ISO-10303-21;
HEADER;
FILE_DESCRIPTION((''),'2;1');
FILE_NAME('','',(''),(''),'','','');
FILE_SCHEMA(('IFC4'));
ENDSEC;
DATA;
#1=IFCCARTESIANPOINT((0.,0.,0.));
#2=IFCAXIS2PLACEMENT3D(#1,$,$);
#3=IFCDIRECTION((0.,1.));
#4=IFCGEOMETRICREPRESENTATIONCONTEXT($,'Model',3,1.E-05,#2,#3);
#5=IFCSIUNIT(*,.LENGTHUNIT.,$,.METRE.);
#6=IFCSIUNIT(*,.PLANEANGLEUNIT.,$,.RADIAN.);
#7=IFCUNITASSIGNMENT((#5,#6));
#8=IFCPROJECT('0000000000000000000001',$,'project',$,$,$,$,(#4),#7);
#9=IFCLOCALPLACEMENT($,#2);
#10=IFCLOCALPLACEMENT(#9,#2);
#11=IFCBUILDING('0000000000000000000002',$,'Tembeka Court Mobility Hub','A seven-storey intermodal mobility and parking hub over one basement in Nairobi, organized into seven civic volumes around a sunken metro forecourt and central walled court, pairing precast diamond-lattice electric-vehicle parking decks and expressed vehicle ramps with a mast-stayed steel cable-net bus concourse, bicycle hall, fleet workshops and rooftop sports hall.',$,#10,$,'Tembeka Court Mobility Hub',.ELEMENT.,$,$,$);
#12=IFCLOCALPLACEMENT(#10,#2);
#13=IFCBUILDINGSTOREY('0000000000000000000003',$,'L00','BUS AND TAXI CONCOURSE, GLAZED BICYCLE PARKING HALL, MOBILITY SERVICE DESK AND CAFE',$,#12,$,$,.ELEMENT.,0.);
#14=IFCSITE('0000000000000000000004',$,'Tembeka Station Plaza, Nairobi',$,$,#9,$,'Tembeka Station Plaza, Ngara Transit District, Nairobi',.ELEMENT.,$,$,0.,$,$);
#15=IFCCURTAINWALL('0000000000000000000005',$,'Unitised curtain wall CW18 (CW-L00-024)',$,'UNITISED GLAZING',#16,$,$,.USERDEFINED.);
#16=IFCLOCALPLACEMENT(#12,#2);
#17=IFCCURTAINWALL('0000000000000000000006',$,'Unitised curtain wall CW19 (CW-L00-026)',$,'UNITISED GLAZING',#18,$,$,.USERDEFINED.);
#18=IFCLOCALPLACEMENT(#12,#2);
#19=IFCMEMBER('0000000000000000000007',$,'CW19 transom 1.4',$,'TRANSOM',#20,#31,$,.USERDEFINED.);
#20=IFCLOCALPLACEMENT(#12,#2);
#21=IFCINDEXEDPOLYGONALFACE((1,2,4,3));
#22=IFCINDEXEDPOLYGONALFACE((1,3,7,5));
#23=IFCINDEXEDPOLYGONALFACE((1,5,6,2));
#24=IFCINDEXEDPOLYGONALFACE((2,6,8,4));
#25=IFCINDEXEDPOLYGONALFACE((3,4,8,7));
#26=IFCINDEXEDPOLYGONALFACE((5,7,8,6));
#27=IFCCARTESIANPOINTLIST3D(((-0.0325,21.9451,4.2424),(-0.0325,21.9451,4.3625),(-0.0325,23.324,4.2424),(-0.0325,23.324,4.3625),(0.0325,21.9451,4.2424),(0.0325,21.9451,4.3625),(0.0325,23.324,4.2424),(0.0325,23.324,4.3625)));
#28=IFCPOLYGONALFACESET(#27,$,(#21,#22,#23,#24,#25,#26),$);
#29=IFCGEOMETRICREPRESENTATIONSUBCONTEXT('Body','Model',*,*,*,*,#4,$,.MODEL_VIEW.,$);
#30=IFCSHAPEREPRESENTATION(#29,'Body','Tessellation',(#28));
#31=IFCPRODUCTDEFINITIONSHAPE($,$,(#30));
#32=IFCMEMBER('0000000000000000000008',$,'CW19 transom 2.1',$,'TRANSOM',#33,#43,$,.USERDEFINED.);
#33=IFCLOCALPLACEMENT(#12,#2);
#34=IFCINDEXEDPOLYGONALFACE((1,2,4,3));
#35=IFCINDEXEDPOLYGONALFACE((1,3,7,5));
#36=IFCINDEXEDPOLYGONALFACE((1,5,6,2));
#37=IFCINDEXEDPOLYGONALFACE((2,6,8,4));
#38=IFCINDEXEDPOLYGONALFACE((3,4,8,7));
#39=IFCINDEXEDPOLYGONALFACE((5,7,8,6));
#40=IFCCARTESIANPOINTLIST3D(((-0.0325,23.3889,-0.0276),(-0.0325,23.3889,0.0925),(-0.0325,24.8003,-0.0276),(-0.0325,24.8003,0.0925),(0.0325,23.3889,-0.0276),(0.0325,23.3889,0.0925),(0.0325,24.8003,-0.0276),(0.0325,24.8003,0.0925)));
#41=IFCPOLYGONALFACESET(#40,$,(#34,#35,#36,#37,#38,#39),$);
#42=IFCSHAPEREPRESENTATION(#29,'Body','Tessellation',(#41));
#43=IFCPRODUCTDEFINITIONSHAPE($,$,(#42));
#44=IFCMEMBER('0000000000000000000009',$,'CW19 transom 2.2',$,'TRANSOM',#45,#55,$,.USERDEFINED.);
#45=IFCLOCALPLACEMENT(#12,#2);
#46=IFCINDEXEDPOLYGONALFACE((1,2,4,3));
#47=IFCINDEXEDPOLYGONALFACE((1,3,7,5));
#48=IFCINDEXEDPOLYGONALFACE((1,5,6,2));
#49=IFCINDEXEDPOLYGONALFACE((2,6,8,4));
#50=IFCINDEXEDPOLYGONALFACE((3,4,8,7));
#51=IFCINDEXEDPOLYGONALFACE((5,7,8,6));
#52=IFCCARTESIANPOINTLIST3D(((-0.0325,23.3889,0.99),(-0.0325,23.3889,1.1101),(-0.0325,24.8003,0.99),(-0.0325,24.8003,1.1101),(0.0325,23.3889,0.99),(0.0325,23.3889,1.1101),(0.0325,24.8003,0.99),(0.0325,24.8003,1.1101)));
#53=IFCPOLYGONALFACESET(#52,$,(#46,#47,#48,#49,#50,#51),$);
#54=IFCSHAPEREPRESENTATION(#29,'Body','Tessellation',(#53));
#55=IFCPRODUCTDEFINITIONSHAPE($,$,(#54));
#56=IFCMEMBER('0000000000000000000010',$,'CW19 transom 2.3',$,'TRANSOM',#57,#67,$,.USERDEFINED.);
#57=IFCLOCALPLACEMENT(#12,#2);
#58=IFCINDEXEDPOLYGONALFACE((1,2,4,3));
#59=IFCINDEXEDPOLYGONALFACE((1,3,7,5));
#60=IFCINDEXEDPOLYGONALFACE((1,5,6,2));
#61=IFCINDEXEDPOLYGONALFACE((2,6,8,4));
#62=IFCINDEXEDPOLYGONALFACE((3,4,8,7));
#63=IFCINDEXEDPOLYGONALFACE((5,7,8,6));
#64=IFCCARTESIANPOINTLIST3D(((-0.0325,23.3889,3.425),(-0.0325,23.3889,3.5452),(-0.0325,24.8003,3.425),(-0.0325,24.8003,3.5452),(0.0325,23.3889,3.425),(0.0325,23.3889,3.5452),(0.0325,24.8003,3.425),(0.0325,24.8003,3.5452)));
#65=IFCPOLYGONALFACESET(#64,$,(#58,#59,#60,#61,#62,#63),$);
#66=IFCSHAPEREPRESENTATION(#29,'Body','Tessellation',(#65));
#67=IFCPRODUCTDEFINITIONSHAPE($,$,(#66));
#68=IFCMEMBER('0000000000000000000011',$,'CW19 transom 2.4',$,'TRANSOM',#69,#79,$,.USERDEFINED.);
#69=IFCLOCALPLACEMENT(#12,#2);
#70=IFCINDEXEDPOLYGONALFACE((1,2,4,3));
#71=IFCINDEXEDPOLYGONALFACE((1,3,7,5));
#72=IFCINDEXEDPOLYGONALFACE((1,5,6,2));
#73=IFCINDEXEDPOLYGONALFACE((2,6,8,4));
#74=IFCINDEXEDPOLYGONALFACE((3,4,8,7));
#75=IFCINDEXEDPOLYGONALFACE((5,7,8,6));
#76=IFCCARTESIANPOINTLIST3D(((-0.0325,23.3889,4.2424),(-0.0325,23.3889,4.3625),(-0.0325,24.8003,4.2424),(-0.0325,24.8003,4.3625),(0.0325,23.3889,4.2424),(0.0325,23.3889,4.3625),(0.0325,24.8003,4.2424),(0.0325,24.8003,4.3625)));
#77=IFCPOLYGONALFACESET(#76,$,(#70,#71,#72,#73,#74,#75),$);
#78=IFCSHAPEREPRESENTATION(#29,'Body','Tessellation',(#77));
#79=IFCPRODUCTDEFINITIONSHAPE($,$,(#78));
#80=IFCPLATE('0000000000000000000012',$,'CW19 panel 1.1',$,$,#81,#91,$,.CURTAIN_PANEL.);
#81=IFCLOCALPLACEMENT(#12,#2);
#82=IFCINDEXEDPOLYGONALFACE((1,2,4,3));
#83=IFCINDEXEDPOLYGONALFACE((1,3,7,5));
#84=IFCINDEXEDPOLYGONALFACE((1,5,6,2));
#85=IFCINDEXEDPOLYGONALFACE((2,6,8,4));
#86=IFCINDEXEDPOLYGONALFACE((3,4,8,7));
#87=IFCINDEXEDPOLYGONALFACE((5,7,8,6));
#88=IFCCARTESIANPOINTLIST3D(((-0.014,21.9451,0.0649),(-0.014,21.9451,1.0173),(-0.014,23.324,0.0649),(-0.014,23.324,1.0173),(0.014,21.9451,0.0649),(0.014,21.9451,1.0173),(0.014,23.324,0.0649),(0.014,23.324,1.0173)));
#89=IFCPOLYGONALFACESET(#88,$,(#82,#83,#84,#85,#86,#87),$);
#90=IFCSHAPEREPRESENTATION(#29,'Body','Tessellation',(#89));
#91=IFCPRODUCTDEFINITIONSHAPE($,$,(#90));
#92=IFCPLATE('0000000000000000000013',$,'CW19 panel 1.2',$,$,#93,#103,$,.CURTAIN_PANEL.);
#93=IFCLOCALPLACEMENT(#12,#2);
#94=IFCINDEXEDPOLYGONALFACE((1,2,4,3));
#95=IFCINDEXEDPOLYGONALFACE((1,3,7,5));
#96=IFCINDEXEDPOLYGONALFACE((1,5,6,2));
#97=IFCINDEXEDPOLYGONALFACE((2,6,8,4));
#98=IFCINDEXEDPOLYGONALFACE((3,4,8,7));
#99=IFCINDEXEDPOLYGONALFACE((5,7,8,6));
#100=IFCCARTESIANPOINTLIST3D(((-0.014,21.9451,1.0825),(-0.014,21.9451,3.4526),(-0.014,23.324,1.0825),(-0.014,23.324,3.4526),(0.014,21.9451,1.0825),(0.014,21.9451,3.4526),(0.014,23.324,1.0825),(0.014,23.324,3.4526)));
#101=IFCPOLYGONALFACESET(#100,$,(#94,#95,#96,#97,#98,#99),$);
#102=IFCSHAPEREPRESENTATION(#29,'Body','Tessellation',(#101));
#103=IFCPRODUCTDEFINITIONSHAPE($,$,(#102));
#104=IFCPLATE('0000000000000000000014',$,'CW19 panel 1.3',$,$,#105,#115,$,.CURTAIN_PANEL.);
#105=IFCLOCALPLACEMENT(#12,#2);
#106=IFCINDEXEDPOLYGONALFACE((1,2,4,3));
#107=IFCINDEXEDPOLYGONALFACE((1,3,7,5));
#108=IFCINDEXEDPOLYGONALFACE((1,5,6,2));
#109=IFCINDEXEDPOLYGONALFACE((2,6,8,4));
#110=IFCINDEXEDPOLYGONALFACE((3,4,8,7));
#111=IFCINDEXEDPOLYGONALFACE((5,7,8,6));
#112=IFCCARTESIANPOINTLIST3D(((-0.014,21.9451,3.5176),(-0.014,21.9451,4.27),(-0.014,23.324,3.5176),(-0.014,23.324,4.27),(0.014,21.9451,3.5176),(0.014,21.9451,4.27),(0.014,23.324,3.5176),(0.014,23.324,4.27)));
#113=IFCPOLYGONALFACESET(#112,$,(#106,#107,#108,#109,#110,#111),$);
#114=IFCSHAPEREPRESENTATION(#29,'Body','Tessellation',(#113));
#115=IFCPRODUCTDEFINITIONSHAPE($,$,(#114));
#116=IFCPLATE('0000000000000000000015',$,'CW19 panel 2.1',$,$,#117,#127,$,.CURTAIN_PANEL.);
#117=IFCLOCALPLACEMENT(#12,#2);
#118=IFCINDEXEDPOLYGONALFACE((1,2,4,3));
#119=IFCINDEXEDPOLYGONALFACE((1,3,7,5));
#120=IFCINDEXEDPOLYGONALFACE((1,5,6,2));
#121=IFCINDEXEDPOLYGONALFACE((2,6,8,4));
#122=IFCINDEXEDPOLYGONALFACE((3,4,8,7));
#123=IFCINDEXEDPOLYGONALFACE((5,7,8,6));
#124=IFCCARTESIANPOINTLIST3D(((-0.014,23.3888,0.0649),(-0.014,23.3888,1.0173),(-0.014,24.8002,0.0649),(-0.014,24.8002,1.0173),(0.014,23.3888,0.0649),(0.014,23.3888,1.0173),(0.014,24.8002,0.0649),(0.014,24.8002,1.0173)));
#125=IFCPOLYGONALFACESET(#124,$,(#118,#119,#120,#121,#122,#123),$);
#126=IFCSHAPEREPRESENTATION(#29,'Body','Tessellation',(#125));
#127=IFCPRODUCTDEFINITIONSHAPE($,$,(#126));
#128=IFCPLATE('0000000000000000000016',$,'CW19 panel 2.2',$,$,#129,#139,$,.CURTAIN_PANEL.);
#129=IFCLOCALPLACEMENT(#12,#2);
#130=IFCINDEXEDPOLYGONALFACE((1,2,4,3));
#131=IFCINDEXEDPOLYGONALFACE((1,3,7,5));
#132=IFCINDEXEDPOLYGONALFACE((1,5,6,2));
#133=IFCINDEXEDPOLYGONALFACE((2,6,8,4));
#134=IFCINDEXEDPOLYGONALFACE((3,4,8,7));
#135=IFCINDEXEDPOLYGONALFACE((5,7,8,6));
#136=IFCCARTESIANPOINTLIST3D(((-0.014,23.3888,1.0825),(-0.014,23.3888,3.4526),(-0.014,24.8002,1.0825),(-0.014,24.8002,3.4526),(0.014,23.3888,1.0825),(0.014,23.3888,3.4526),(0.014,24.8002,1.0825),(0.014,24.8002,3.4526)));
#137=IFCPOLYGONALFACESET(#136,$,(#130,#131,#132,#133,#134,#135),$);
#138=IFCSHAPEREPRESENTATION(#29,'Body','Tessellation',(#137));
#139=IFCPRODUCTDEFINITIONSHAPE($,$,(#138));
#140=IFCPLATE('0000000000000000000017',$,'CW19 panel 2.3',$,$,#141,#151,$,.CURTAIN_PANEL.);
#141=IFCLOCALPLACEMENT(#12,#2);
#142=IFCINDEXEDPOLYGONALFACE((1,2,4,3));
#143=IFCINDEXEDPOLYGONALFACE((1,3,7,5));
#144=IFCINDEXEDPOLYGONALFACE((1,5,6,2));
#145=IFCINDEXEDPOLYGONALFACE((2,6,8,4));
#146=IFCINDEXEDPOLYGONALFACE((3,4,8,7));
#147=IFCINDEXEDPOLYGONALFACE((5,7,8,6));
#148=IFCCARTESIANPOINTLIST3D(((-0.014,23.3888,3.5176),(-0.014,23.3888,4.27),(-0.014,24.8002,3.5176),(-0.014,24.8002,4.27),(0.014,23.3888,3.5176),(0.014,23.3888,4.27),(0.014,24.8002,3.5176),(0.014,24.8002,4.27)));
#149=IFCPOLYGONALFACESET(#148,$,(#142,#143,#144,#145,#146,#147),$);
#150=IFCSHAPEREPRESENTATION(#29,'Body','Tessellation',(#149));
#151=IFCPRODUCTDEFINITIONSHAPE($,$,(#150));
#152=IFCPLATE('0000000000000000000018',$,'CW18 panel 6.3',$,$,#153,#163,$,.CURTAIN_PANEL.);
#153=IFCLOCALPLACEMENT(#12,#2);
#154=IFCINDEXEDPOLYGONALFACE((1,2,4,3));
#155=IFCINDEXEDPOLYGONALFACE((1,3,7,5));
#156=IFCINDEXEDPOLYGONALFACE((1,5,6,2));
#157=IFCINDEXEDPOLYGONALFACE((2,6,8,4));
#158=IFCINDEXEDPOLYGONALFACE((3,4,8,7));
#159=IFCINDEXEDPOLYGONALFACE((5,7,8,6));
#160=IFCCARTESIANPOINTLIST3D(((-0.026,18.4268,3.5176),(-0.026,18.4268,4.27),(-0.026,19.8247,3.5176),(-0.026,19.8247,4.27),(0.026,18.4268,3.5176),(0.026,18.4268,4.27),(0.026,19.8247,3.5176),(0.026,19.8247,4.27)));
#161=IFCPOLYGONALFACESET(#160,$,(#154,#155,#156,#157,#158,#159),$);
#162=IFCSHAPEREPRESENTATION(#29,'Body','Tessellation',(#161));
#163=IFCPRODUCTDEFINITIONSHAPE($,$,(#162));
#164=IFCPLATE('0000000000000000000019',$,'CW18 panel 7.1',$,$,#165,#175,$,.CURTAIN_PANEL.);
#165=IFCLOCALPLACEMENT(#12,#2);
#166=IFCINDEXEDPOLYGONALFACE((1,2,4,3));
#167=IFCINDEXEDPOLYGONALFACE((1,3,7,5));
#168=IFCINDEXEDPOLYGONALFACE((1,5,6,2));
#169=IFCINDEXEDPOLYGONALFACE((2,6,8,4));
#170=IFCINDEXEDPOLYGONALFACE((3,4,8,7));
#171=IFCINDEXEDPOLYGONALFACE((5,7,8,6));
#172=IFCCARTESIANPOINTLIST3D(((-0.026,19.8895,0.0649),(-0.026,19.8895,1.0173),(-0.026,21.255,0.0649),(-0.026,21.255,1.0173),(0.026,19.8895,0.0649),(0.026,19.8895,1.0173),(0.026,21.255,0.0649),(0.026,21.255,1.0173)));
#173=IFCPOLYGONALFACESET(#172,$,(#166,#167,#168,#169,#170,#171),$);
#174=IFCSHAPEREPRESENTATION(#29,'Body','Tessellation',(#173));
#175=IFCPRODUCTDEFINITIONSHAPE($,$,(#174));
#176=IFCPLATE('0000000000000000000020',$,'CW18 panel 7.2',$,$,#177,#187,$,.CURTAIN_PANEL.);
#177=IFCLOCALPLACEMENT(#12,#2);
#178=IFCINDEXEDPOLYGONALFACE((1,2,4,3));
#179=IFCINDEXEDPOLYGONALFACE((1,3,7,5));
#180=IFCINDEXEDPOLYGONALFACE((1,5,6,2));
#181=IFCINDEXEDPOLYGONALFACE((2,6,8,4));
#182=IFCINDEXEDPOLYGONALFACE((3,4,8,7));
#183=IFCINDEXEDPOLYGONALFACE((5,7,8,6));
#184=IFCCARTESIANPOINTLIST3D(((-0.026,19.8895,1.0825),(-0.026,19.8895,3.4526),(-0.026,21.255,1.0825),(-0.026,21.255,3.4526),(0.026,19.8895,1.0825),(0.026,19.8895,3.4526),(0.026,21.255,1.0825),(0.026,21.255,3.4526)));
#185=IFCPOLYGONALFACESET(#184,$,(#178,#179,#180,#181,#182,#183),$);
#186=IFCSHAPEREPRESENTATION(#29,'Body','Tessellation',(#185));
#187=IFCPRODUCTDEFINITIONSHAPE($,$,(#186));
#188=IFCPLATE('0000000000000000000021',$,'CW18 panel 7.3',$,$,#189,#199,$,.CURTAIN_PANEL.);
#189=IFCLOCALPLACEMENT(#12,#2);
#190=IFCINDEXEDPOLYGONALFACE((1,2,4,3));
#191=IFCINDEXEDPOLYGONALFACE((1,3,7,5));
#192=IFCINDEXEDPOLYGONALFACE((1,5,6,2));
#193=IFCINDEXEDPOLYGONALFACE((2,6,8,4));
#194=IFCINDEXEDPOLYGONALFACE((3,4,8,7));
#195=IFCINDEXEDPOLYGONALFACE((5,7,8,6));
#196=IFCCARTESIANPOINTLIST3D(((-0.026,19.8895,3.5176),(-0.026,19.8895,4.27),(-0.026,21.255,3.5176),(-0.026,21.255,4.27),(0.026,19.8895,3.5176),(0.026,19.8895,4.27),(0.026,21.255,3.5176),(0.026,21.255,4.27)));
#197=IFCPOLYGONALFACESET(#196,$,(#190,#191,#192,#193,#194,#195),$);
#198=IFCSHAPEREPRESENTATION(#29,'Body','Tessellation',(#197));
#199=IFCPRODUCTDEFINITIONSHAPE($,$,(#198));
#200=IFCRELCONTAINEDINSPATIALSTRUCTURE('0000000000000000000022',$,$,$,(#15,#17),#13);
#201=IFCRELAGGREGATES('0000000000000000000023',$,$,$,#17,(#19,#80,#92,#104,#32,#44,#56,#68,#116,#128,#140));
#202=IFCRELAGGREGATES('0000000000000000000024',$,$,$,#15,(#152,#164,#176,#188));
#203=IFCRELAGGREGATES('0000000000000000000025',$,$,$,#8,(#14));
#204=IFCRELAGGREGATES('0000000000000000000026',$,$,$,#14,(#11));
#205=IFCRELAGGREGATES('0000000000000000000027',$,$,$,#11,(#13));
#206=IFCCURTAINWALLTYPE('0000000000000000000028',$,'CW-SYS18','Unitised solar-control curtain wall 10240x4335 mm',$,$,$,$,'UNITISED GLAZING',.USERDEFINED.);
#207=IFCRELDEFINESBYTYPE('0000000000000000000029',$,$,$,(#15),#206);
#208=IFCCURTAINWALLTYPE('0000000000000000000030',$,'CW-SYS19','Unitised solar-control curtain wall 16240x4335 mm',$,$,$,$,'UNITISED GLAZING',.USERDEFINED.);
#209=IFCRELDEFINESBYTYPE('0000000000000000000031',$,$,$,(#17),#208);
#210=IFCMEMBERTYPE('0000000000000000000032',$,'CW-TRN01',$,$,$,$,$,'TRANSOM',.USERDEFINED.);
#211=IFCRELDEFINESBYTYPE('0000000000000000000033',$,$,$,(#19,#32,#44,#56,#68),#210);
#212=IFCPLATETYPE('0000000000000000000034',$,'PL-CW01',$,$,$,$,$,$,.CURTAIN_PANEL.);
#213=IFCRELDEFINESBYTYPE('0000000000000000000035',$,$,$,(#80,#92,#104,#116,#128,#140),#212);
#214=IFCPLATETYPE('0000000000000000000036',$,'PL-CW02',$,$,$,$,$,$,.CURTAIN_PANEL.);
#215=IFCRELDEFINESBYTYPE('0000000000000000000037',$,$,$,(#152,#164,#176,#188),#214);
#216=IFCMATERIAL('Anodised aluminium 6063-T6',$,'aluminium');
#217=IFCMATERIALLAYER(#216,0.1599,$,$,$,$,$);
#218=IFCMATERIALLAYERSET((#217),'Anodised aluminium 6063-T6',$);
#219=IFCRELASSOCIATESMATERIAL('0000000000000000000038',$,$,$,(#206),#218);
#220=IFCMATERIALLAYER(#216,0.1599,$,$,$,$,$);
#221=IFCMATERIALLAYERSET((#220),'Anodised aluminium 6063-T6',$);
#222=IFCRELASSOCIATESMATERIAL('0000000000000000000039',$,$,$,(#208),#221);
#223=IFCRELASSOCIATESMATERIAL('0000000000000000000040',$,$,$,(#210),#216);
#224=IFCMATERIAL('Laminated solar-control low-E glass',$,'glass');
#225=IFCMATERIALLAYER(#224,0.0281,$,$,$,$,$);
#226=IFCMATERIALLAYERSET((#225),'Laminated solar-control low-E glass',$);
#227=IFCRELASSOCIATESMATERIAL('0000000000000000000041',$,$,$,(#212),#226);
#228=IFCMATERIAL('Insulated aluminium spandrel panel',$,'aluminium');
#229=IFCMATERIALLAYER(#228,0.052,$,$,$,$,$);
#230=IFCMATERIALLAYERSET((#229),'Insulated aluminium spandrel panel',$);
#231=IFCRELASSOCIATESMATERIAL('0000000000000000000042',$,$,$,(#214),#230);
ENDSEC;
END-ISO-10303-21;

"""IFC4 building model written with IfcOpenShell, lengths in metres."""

from ifc_helpers import new_model, si_unit, direction, frame, origin, origin_2d, place, context, subcontext, project, spatial, rectangle, extrude, material, layer, layer_set, material_profile, profile_set, type_object, element, aggregate, save


model = new_model("IFC4")

# Units and contexts
model_context = context("Model", 3, precision=1e-05, world=origin(), true_north=direction((0.0, 1.0)))
body_context = subcontext(model_context, "Body", "Model", "MODEL_VIEW")
ifc_project = project(units=[si_unit("LENGTHUNIT", "METRE"), si_unit("PLANEANGLEUNIT", "RADIAN")], contexts=[model_context])

# Site, building, storey
site_placement = place(None, origin())
site = spatial("IfcSite", under=ifc_project, at=site_placement, Name="Tembeka Station Plaza, Nairobi", LongName="Tembeka Station Plaza, Ngara Transit District, Nairobi", CompositionType="ELEMENT", RefElevation=0.0)
building_placement = place(site_placement, origin())
building = spatial("IfcBuilding", under=site, at=building_placement, Name="Tembeka Court Mobility Hub", Description="A seven-storey intermodal mobility and parking hub over one basement in Nairobi, organized into seven civic volumes around a sunken metro forecourt and central walled court, pairing precast diamond-lattice electric-vehicle parking decks and expressed vehicle ramps with a mast-stayed steel cable-net bus concourse, bicycle hall, fleet workshops and rooftop sports hall.", LongName="Tembeka Court Mobility Hub", CompositionType="ELEMENT")
storey_placement = place(building_placement, origin())
storey = spatial("IfcBuildingStorey", under=building, at=storey_placement, Name="L00", Description="BUS AND TAXI CONCOURSE, GLAZED BICYCLE PARKING HALL, MOBILITY SERVICE DESK AND CAFE", CompositionType="ELEMENT", Elevation=0.0)

# Curtain walls
ifc_material_1 = material(Name="Anodised aluminium 6063-T6", Category="aluminium")
ifc_layer_1 = layer(ifc_material_1, 0.1599)
ifc_layer_set_1 = layer_set([ifc_layer_1], Name="Anodised aluminium 6063-T6")
curtain_wall_type_1 = type_object("IfcCurtainWallType", Name="CW-SYS18", Description="Unitised solar-control curtain wall 10240x4335 mm", ElementType="UNITISED GLAZING", PredefinedType="USERDEFINED", material=ifc_layer_set_1)
curtain_wall_1_placement = place(storey_placement, origin())
curtain_wall_1 = element("IfcCurtainWall", 1, at=curtain_wall_1_placement, inside=storey, type_object=curtain_wall_type_1, Name="Unitised curtain wall CW18 (CW-L00-024)", ObjectType="UNITISED GLAZING", PredefinedType="USERDEFINED")
ifc_layer_2 = layer(ifc_material_1, 0.1599)
ifc_layer_set_2 = layer_set([ifc_layer_2], Name="Anodised aluminium 6063-T6")
curtain_wall_type_2 = type_object("IfcCurtainWallType", Name="CW-SYS19", Description="Unitised solar-control curtain wall 16240x4335 mm", ElementType="UNITISED GLAZING", PredefinedType="USERDEFINED", material=ifc_layer_set_2)
curtain_wall_2_placement = place(storey_placement, origin())
curtain_wall_2 = element("IfcCurtainWall", 2, at=curtain_wall_2_placement, inside=storey, type_object=curtain_wall_type_2, Name="Unitised curtain wall CW19 (CW-L00-026)", ObjectType="UNITISED GLAZING", PredefinedType="USERDEFINED")

# Members
ifc_material_profile_1 = material_profile(ifc_material_1, rectangle(XDim=0.0649, YDim=0.1201, at=origin_2d()), Name="ALU-TRN 65x120")
ifc_profile_set_1 = profile_set([ifc_material_profile_1], Name="Anodised aluminium 6063-T6")
member_type_1 = type_object("IfcMemberType", Name="CW-TRN01", ElementType="TRANSOM", PredefinedType="USERDEFINED", material=ifc_profile_set_1)
member_1_placement = place(storey_placement, frame((0.0, 21.9451, 4.3025), z_axis=(0.0, 1.0, 0.0), x_axis=(-1.0, 0.0, 0.0)))
member_1 = element("IfcMember", 3, at=member_1_placement, type_object=member_type_1, Name="CW19 transom 1.4", ObjectType="TRANSOM", PredefinedType="USERDEFINED", context=body_context, shape_type="SweptSolid", body=[
    extrude(rectangle(XDim=0.0649, YDim=0.1201, at=origin_2d()), origin(), (0.0, 0.0, 1.0), 1.3789),
])
member_2_placement = place(storey_placement, frame((0.0, 23.3889, 0.0325), z_axis=(0.0, 1.0, 0.0), x_axis=(-1.0, 0.0, 0.0)))
member_2 = element("IfcMember", 4, at=member_2_placement, type_object=member_type_1, Name="CW19 transom 2.1", ObjectType="TRANSOM", PredefinedType="USERDEFINED", context=body_context, shape_type="SweptSolid", body=[
    extrude(rectangle(XDim=0.0649, YDim=0.1201, at=origin_2d()), origin(), (0.0, 0.0, 1.0), 1.4114),
])
member_3_placement = place(storey_placement, frame((0.0, 23.3889, 1.05), z_axis=(0.0, 1.0, 0.0), x_axis=(-1.0, 0.0, 0.0)))
member_3 = element("IfcMember", 5, at=member_3_placement, type_object=member_type_1, Name="CW19 transom 2.2", ObjectType="TRANSOM", PredefinedType="USERDEFINED", context=body_context, shape_type="SweptSolid", body=[
    extrude(rectangle(XDim=0.0649, YDim=0.1201, at=origin_2d()), origin(), (0.0, 0.0, 1.0), 1.4114),
])
member_4_placement = place(storey_placement, frame((0.0, 23.3889, 3.4851), z_axis=(0.0, 1.0, 0.0), x_axis=(-1.0, 0.0, 0.0)))
member_4 = element("IfcMember", 6, at=member_4_placement, type_object=member_type_1, Name="CW19 transom 2.3", ObjectType="TRANSOM", PredefinedType="USERDEFINED", context=body_context, shape_type="SweptSolid", body=[
    extrude(rectangle(XDim=0.0649, YDim=0.1201, at=origin_2d()), origin(), (0.0, 0.0, 1.0), 1.4114),
])
member_5_placement = place(storey_placement, frame((0.0, 23.3889, 4.3025), z_axis=(0.0, 1.0, 0.0), x_axis=(-1.0, 0.0, 0.0)))
member_5 = element("IfcMember", 7, at=member_5_placement, type_object=member_type_1, Name="CW19 transom 2.4", ObjectType="TRANSOM", PredefinedType="USERDEFINED", context=body_context, shape_type="SweptSolid", body=[
    extrude(rectangle(XDim=0.0649, YDim=0.1201, at=origin_2d()), origin(), (0.0, 0.0, 1.0), 1.4114),
])

# Plates
ifc_material_2 = material(Name="Laminated solar-control low-E glass", Category="glass")
ifc_layer_3 = layer(ifc_material_2, 0.0281)
ifc_layer_set_3 = layer_set([ifc_layer_3], Name="Laminated solar-control low-E glass")
plate_type_1 = type_object("IfcPlateType", Name="PL-CW01", PredefinedType="CURTAIN_PANEL", material=ifc_layer_set_3)
plate_1_placement = place(storey_placement, frame((0.0, 22.6345, 0.0649), z_axis=(0.0, 0.0, 1.0), x_axis=(0.0, 1.0, 0.0)))
plate_1 = element("IfcPlate", 8, at=plate_1_placement, type_object=plate_type_1, Name="CW19 panel 1.1", PredefinedType="CURTAIN_PANEL", context=body_context, shape_type="SweptSolid", body=[
    extrude(rectangle(XDim=1.3789, YDim=0.0281, at=origin_2d()), origin(), (0.0, 0.0, 1.0), 0.9524),
])
plate_2_placement = place(storey_placement, frame((0.0, 22.6345, 1.0825), z_axis=(0.0, 0.0, 1.0), x_axis=(0.0, 1.0, 0.0)))
plate_2 = element("IfcPlate", 9, at=plate_2_placement, type_object=plate_type_1, Name="CW19 panel 1.2", PredefinedType="CURTAIN_PANEL", context=body_context, shape_type="SweptSolid", body=[
    extrude(rectangle(XDim=1.3789, YDim=0.0281, at=origin_2d()), origin(), (0.0, 0.0, 1.0), 2.3701),
])
plate_3_placement = place(storey_placement, frame((0.0, 22.6345, 3.5176), z_axis=(0.0, 0.0, 1.0), x_axis=(0.0, 1.0, 0.0)))
plate_3 = element("IfcPlate", 10, at=plate_3_placement, type_object=plate_type_1, Name="CW19 panel 1.3", PredefinedType="CURTAIN_PANEL", context=body_context, shape_type="SweptSolid", body=[
    extrude(rectangle(XDim=1.3789, YDim=0.0281, at=origin_2d()), origin(), (0.0, 0.0, 1.0), 0.7524),
])
plate_4_placement = place(storey_placement, frame((0.0, 24.0945, 0.0649), z_axis=(0.0, 0.0, 1.0), x_axis=(0.0, 1.0, 0.0)))
plate_4 = element("IfcPlate", 11, at=plate_4_placement, type_object=plate_type_1, Name="CW19 panel 2.1", PredefinedType="CURTAIN_PANEL", context=body_context, shape_type="SweptSolid", body=[
    extrude(rectangle(XDim=1.4114, YDim=0.0281, at=origin_2d()), origin(), (0.0, 0.0, 1.0), 0.9524),
])
plate_5_placement = place(storey_placement, frame((0.0, 24.0945, 1.0825), z_axis=(0.0, 0.0, 1.0), x_axis=(0.0, 1.0, 0.0)))
plate_5 = element("IfcPlate", 12, at=plate_5_placement, type_object=plate_type_1, Name="CW19 panel 2.2", PredefinedType="CURTAIN_PANEL", context=body_context, shape_type="SweptSolid", body=[
    extrude(rectangle(XDim=1.4114, YDim=0.0281, at=origin_2d()), origin(), (0.0, 0.0, 1.0), 2.3701),
])
plate_6_placement = place(storey_placement, frame((0.0, 24.0945, 3.5176), z_axis=(0.0, 0.0, 1.0), x_axis=(0.0, 1.0, 0.0)))
plate_6 = element("IfcPlate", 13, at=plate_6_placement, type_object=plate_type_1, Name="CW19 panel 2.3", PredefinedType="CURTAIN_PANEL", context=body_context, shape_type="SweptSolid", body=[
    extrude(rectangle(XDim=1.4114, YDim=0.0281, at=origin_2d()), origin(), (0.0, 0.0, 1.0), 0.7524),
])
aggregate(curtain_wall_2, [member_1, plate_1, plate_2, plate_3, member_2, member_3, member_4, member_5, plate_4, plate_5, plate_6])
ifc_material_3 = material(Name="Insulated aluminium spandrel panel", Category="aluminium")
ifc_layer_4 = layer(ifc_material_3, 0.052)
ifc_layer_set_4 = layer_set([ifc_layer_4], Name="Insulated aluminium spandrel panel")
plate_type_2 = type_object("IfcPlateType", Name="PL-CW02", PredefinedType="CURTAIN_PANEL", material=ifc_layer_set_4)
plate_7_placement = place(storey_placement, frame((0.0, 19.1257, 3.5176), z_axis=(0.0, 0.0, 1.0), x_axis=(0.0, 1.0, 0.0)))
plate_7 = element("IfcPlate", 14, at=plate_7_placement, type_object=plate_type_2, Name="CW18 panel 6.3", PredefinedType="CURTAIN_PANEL", context=body_context, shape_type="SweptSolid", body=[
    extrude(rectangle(XDim=1.3979, YDim=0.052, at=origin_2d()), origin(), (0.0, 0.0, 1.0), 0.7524),
])
plate_8_placement = place(storey_placement, frame((0.0, 20.5723, 0.0649), z_axis=(0.0, 0.0, 1.0), x_axis=(0.0, 1.0, 0.0)))
plate_8 = element("IfcPlate", 15, at=plate_8_placement, type_object=plate_type_2, Name="CW18 panel 7.1", PredefinedType="CURTAIN_PANEL", context=body_context, shape_type="SweptSolid", body=[
    extrude(rectangle(XDim=1.3655, YDim=0.052, at=origin_2d()), origin(), (0.0, 0.0, 1.0), 0.9524),
])
plate_9_placement = place(storey_placement, frame((0.0, 20.5723, 1.0825), z_axis=(0.0, 0.0, 1.0), x_axis=(0.0, 1.0, 0.0)))
plate_9 = element("IfcPlate", 16, at=plate_9_placement, type_object=plate_type_2, Name="CW18 panel 7.2", PredefinedType="CURTAIN_PANEL", context=body_context, shape_type="SweptSolid", body=[
    extrude(rectangle(XDim=1.3655, YDim=0.052, at=origin_2d()), origin(), (0.0, 0.0, 1.0), 2.3701),
])
plate_10_placement = place(storey_placement, frame((0.0, 20.5723, 3.5176), z_axis=(0.0, 0.0, 1.0), x_axis=(0.0, 1.0, 0.0)))
plate_10 = element("IfcPlate", 17, at=plate_10_placement, type_object=plate_type_2, Name="CW18 panel 7.3", PredefinedType="CURTAIN_PANEL", context=body_context, shape_type="SweptSolid", body=[
    extrude(rectangle(XDim=1.3655, YDim=0.052, at=origin_2d()), origin(), (0.0, 0.0, 1.0), 0.7524),
])
aggregate(curtain_wall_1, [plate_7, plate_8, plate_9, plate_10])

save(model, "model.ifc")
